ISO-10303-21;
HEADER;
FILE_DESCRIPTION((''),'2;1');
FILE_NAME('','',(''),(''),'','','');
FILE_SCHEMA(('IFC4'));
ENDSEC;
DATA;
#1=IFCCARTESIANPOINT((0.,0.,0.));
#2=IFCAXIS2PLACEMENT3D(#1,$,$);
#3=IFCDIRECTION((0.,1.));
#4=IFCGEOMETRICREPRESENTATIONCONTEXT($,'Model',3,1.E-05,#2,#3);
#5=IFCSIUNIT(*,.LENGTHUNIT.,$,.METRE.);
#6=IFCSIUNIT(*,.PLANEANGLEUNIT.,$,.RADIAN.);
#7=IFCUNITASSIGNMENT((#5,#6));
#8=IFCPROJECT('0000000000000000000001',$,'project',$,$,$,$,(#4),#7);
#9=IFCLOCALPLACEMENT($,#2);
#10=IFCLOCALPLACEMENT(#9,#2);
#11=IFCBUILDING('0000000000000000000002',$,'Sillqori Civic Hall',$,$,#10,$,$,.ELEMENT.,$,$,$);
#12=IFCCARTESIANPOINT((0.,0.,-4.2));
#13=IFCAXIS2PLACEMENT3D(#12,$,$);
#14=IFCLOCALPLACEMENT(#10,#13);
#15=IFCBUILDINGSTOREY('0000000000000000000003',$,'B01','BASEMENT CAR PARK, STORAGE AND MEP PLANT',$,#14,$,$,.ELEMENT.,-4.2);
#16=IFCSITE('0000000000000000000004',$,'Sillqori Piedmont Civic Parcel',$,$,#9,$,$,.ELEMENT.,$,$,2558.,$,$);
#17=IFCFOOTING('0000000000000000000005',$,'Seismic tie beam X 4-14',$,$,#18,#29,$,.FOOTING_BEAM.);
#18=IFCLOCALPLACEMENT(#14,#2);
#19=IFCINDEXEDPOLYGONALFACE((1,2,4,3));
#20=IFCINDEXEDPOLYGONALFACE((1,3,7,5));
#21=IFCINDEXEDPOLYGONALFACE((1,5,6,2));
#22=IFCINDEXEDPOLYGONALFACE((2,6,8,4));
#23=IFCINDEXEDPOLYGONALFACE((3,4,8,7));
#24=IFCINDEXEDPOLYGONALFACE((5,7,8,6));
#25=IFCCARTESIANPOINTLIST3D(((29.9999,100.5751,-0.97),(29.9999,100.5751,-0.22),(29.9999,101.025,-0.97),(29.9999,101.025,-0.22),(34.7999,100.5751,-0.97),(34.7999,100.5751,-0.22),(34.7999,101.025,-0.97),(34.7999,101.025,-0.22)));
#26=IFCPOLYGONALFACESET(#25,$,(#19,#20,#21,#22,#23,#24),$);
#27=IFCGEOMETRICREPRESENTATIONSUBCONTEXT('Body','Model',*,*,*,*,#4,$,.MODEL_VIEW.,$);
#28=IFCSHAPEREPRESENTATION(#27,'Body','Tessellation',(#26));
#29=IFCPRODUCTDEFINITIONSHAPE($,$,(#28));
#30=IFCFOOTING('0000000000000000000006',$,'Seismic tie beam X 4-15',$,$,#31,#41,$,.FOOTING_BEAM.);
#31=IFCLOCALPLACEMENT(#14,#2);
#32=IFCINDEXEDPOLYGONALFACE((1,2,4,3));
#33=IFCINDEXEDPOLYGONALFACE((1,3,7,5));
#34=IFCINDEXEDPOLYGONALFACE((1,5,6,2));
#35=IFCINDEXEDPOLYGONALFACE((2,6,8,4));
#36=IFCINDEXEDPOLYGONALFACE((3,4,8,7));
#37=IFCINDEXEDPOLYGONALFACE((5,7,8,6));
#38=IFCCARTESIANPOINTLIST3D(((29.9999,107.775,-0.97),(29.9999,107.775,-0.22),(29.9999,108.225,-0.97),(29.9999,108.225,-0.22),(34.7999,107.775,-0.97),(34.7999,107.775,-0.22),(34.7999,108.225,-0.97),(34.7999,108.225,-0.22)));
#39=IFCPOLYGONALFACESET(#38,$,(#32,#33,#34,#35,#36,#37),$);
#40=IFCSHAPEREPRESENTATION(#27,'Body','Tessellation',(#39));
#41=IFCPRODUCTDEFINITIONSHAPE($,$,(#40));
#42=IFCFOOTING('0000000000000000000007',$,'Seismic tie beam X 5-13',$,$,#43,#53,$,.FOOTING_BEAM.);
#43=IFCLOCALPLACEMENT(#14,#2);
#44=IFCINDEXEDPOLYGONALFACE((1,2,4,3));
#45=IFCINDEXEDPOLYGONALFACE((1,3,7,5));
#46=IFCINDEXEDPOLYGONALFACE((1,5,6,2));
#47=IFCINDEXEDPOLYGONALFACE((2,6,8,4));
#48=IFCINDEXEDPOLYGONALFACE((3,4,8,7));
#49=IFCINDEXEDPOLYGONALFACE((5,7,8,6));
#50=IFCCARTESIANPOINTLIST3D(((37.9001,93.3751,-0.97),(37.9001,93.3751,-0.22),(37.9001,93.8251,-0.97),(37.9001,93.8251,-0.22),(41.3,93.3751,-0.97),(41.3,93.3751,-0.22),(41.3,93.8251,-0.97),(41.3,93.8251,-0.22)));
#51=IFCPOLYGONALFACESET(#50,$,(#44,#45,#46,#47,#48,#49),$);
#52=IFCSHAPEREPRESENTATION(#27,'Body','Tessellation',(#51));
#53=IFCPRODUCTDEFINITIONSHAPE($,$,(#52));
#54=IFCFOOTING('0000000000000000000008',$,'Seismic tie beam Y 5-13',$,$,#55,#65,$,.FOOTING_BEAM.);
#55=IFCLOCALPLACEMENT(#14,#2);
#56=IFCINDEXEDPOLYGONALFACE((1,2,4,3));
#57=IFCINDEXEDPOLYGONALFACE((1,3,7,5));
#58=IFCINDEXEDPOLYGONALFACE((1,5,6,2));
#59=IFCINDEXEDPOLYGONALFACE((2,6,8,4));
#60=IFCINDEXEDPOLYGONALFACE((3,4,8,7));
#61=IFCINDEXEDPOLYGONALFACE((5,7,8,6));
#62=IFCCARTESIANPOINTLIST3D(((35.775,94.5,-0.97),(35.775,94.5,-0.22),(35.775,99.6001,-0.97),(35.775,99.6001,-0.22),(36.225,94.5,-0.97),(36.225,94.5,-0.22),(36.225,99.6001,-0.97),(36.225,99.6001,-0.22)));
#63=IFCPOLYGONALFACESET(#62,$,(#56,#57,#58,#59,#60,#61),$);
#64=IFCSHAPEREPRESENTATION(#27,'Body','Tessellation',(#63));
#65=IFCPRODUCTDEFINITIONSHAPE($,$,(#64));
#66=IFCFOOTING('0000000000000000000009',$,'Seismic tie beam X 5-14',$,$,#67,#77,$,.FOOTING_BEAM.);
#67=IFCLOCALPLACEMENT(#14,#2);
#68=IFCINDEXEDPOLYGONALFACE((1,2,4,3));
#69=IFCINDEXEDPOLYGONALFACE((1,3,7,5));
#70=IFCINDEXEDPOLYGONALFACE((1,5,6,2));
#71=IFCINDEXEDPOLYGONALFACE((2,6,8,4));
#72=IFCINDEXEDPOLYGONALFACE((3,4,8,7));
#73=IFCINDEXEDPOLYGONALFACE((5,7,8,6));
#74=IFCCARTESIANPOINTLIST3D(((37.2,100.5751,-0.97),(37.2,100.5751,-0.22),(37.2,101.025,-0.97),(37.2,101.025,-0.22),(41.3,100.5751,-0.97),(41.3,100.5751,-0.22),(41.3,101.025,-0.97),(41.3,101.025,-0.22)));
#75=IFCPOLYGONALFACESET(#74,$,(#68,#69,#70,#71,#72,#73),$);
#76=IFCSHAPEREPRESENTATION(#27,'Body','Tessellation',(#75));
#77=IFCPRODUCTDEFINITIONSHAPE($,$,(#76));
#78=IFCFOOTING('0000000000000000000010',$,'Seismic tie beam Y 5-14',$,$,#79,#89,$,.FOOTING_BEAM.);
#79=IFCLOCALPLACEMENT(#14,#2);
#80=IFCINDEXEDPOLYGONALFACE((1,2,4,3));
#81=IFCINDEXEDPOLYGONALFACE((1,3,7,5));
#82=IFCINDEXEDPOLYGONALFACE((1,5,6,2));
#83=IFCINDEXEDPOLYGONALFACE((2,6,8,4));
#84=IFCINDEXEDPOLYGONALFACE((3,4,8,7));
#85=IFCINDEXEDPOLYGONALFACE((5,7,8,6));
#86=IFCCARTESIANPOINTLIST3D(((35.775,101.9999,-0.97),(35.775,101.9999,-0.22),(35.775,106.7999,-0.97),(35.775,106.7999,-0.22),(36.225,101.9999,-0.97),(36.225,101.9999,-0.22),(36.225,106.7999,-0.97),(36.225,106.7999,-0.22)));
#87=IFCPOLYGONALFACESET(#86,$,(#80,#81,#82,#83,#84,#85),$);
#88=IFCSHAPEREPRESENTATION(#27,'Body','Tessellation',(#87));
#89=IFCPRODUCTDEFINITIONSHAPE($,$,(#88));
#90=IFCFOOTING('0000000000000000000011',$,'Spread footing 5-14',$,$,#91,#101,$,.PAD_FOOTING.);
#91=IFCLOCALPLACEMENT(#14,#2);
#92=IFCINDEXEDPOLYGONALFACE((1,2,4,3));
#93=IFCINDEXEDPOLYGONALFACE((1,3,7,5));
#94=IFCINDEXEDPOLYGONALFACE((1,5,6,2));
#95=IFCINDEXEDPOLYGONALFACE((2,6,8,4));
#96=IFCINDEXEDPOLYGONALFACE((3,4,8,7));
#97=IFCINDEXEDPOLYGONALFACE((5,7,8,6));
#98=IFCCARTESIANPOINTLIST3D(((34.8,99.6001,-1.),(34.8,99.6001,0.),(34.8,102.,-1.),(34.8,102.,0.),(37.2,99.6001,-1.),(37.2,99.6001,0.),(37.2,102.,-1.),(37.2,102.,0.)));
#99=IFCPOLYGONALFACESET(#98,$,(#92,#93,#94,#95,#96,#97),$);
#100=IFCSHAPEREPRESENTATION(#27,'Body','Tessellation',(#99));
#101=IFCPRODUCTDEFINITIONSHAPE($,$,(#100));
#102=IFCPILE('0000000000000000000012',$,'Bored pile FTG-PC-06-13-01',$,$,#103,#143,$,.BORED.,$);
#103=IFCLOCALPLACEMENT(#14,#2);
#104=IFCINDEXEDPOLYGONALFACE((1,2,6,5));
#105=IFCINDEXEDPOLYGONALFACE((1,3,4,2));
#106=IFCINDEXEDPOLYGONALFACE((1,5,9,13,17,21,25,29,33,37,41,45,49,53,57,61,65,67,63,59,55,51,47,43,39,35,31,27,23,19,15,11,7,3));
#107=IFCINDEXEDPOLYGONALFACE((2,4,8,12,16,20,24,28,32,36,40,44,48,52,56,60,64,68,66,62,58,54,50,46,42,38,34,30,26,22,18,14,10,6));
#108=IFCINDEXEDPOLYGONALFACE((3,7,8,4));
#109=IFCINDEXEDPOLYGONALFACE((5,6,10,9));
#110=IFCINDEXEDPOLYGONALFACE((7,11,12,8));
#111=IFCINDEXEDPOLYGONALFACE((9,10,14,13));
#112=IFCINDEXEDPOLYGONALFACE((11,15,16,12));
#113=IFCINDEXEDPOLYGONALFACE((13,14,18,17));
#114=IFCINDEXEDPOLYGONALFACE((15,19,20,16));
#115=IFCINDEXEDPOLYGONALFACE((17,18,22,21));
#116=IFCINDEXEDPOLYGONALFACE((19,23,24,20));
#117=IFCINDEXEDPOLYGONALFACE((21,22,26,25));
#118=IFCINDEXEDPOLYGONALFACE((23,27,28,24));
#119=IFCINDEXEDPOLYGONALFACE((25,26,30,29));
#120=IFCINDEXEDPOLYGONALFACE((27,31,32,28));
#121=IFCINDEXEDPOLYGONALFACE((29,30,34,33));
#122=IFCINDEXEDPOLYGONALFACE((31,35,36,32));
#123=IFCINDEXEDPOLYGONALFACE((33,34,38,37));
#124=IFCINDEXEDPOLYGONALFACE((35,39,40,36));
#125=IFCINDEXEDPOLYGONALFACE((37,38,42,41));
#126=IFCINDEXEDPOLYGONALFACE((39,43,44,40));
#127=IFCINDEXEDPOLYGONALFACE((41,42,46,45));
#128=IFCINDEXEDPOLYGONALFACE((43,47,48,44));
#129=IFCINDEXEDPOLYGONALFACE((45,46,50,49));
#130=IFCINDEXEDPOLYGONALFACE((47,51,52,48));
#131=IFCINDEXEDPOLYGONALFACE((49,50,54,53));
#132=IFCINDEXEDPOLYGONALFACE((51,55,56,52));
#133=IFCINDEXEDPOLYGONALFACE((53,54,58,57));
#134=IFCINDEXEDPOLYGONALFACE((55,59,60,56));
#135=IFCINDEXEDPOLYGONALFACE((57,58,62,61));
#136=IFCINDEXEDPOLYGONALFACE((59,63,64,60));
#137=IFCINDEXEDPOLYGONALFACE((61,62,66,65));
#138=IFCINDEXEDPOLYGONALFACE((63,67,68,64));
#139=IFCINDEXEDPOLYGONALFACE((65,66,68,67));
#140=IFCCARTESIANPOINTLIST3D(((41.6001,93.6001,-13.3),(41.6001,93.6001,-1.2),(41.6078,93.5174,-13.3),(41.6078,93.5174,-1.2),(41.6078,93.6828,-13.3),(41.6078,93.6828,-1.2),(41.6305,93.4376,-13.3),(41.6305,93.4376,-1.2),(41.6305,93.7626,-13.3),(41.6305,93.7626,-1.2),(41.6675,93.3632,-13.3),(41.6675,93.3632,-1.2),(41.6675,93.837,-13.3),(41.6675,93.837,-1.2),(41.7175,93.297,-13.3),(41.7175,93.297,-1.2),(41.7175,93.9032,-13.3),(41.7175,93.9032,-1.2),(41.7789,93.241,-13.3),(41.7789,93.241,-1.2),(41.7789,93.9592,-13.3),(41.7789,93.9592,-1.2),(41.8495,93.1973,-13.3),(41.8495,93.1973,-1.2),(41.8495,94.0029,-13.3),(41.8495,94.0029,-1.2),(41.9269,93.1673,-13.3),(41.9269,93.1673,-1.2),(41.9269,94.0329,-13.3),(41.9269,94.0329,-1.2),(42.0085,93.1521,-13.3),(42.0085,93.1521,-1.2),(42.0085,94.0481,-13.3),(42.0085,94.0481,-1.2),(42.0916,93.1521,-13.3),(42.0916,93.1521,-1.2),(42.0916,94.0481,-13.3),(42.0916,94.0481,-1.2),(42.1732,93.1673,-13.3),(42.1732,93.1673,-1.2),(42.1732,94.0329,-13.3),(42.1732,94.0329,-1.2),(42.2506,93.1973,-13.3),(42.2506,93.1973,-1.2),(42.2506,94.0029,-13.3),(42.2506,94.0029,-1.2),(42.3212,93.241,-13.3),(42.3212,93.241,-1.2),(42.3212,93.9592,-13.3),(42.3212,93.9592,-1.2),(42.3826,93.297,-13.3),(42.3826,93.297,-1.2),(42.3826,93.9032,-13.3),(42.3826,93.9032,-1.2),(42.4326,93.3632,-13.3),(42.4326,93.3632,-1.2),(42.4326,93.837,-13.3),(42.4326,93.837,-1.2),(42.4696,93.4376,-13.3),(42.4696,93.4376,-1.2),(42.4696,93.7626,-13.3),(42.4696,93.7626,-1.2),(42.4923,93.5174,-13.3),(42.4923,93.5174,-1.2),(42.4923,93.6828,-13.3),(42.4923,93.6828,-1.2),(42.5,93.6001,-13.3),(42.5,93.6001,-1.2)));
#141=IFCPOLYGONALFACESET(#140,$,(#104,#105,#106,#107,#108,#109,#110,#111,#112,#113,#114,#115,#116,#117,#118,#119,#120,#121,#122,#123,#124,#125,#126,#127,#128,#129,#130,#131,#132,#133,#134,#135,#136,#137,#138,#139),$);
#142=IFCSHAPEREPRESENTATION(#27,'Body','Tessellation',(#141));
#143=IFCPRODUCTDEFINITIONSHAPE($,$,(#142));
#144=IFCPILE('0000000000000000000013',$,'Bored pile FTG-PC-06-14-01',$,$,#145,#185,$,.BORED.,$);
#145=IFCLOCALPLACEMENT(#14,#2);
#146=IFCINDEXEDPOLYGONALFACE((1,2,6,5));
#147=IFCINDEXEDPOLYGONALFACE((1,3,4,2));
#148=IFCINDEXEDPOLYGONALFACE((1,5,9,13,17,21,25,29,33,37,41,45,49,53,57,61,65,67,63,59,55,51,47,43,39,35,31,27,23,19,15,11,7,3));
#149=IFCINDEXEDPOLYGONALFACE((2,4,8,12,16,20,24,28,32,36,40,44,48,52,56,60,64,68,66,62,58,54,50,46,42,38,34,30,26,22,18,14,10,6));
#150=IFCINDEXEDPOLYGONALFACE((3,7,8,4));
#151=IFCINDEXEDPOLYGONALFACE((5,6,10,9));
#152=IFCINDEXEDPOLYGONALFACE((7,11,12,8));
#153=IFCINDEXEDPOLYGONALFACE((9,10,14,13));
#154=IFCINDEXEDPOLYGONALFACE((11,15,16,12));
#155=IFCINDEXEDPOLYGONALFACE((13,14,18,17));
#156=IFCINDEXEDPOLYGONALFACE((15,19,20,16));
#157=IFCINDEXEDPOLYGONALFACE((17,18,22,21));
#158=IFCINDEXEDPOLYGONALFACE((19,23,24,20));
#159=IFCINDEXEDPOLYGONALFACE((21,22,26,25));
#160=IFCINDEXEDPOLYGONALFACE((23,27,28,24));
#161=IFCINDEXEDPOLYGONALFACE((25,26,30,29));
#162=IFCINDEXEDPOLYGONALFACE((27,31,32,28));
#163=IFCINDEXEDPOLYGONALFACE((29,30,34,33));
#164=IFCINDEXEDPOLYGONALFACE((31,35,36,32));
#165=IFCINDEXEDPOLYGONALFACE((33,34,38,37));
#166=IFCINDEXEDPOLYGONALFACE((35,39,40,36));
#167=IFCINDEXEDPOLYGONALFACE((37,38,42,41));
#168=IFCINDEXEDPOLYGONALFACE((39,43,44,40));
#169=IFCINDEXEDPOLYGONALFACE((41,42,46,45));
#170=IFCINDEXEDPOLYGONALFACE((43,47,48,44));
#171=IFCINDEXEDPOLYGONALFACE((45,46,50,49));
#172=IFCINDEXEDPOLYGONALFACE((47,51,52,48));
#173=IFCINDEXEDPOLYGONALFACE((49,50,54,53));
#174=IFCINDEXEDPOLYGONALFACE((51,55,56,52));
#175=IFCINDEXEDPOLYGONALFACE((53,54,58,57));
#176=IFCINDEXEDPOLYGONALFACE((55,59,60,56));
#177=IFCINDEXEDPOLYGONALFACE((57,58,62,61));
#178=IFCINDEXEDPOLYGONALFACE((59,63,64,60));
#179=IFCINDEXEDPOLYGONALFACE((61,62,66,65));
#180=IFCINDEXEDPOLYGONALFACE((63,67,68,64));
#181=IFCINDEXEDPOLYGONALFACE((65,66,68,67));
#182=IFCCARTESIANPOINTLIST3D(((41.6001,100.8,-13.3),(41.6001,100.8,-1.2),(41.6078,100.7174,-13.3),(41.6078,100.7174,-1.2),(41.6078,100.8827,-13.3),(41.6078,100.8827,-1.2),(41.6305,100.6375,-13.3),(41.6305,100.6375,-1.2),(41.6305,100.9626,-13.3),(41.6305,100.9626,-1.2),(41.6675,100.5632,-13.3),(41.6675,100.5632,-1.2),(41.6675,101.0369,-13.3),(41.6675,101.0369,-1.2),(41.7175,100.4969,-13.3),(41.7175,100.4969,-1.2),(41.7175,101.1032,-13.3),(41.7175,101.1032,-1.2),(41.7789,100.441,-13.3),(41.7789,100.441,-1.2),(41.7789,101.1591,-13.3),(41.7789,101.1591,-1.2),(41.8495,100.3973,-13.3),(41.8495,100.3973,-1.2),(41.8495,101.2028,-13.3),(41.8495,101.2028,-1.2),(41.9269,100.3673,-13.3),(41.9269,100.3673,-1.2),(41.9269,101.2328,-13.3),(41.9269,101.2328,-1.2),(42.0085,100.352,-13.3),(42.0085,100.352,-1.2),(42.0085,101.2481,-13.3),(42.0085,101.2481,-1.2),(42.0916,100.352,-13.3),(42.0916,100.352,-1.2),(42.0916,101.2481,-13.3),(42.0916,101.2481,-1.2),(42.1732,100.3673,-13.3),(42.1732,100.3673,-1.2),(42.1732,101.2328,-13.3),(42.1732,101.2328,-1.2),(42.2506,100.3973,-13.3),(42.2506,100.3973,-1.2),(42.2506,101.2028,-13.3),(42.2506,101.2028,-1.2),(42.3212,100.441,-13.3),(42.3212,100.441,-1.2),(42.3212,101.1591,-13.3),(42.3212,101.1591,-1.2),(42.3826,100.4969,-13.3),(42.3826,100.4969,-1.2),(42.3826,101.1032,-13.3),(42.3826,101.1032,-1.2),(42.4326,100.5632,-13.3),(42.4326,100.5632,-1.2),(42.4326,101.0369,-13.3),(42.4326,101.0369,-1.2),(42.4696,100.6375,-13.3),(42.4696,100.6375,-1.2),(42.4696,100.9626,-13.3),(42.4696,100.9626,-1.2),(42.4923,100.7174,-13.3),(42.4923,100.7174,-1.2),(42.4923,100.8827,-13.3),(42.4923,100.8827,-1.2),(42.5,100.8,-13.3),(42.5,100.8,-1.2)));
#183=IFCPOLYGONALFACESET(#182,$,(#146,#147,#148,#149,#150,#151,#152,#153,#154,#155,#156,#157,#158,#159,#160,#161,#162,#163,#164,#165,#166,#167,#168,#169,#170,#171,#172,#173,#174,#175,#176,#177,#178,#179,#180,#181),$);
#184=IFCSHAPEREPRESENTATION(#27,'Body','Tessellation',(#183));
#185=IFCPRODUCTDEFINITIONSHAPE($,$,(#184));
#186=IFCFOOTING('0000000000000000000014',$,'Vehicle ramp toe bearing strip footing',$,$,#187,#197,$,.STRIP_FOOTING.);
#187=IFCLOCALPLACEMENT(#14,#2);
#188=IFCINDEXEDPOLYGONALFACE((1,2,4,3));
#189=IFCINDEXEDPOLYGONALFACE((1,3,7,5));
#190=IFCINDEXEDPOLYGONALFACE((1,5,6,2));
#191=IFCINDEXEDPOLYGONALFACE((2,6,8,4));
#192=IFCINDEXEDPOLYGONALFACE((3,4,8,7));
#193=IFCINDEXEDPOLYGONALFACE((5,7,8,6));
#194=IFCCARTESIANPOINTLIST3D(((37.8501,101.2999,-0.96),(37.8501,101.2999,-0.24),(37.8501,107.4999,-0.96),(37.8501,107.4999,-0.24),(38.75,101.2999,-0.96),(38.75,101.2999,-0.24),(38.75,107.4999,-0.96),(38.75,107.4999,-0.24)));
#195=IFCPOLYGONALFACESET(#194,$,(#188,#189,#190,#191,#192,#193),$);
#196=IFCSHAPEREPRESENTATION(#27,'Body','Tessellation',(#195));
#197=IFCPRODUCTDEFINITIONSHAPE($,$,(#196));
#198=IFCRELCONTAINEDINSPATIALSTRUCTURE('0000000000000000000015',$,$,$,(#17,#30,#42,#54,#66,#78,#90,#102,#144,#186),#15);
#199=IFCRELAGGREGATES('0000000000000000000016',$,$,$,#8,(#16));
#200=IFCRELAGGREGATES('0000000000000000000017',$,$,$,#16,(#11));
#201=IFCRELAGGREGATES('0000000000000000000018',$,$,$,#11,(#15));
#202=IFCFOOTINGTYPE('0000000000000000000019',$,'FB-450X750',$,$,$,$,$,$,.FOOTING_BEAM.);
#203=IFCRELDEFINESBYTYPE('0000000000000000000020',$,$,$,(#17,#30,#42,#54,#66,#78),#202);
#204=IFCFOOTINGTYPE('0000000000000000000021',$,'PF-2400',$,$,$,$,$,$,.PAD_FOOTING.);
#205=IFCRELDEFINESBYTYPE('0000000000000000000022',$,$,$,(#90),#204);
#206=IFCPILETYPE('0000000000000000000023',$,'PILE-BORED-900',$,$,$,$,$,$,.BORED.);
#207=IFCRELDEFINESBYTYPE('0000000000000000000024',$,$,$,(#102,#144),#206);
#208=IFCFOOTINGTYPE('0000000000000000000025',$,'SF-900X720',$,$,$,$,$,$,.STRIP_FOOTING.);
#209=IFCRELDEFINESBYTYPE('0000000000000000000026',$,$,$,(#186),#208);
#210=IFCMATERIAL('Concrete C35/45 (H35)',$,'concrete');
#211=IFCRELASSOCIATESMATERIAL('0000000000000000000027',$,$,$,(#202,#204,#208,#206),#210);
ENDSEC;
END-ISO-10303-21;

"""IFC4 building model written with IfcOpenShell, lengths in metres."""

from ifc_helpers import new_model, si_unit, direction, frame, origin, origin_2d, place, context, subcontext, project, spatial, rectangle, circle, extrude, material, material_profile, profile_set, type_object, element, save


model = new_model("IFC4")

# Units and contexts
model_context = context("Model", 3, precision=1e-05, world=origin(), true_north=direction((0.0, 1.0)))
body_context = subcontext(model_context, "Body", "Model", "MODEL_VIEW")
ifc_project = project(units=[si_unit("LENGTHUNIT", "METRE"), si_unit("PLANEANGLEUNIT", "RADIAN")], contexts=[model_context])

# Site, building, storey
site_placement = place(None, origin())
site = spatial("IfcSite", under=ifc_project, at=site_placement, Name="Sillqori Piedmont Civic Parcel", CompositionType="ELEMENT", RefElevation=2558.0)
building_placement = place(site_placement, origin())
building = spatial("IfcBuilding", under=site, at=building_placement, Name="Sillqori Civic Hall", CompositionType="ELEMENT")
storey_placement = place(building_placement, frame((0.0, 0.0, -4.2)))
storey = spatial("IfcBuildingStorey", under=building, at=storey_placement, Name="B01", Description="BASEMENT CAR PARK, STORAGE AND MEP PLANT", CompositionType="ELEMENT", Elevation=-4.2)

# Footings
ifc_material_1 = material(Name="Concrete C35/45 (H35)", Category="concrete")
footing_type_1 = type_object("IfcFootingType", Name="FB-450X750", PredefinedType="FOOTING_BEAM", material=ifc_material_1)
for number, where, z_axis, x_axis, name in (
    (1, (32.3999, 100.8, -0.97), (0.0, 0.0, 1.0), (1.0, 0.0, 0.0), "Seismic tie beam X 4-14"),
    (2, (32.3999, 108.0, -0.97), (0.0, 0.0, 1.0), (1.0, 0.0, 0.0), "Seismic tie beam X 4-15"),
):
    element("IfcFooting", number, at=place(storey_placement, frame(where, z_axis=z_axis, x_axis=x_axis)), inside=storey, type_object=footing_type_1, Name=name, PredefinedType="FOOTING_BEAM", context=body_context, shape_type="SweptSolid", body=[
        extrude(rectangle(XDim=4.8, YDim=0.45, at=origin_2d()), origin(), (0.0, 0.0, 1.0), 0.75),
    ])
footing_1_placement = place(storey_placement, frame((39.6001, 93.6001, -0.97), z_axis=(0.0, 0.0, 1.0), x_axis=(1.0, 0.0, 0.0)))
element("IfcFooting", 3, at=footing_1_placement, inside=storey, type_object=footing_type_1, Name="Seismic tie beam X 5-13", PredefinedType="FOOTING_BEAM", context=body_context, shape_type="SweptSolid", body=[
    extrude(rectangle(XDim=3.3999, YDim=0.45, at=origin_2d()), origin(), (0.0, 0.0, 1.0), 0.75),
])
footing_2_placement = place(storey_placement, frame((36.0, 97.05, -0.97), z_axis=(0.0, 0.0, 1.0), x_axis=(1.0, 0.0, 0.0)))
element("IfcFooting", 4, at=footing_2_placement, inside=storey, type_object=footing_type_1, Name="Seismic tie beam Y 5-13", PredefinedType="FOOTING_BEAM", context=body_context, shape_type="SweptSolid", body=[
    extrude(rectangle(XDim=0.45, YDim=5.1001, at=origin_2d()), origin(), (0.0, 0.0, 1.0), 0.75),
])
footing_3_placement = place(storey_placement, frame((39.25, 100.8, -0.97), z_axis=(0.0, 0.0, 1.0), x_axis=(1.0, 0.0, 0.0)))
element("IfcFooting", 5, at=footing_3_placement, inside=storey, type_object=footing_type_1, Name="Seismic tie beam X 5-14", PredefinedType="FOOTING_BEAM", context=body_context, shape_type="SweptSolid", body=[
    extrude(rectangle(XDim=4.1001, YDim=0.45, at=origin_2d()), origin(), (0.0, 0.0, 1.0), 0.75),
])
footing_4_placement = place(storey_placement, frame((36.0, 104.3999, -0.97), z_axis=(0.0, 0.0, 1.0), x_axis=(1.0, 0.0, 0.0)))
element("IfcFooting", 6, at=footing_4_placement, inside=storey, type_object=footing_type_1, Name="Seismic tie beam Y 5-14", PredefinedType="FOOTING_BEAM", context=body_context, shape_type="SweptSolid", body=[
    extrude(rectangle(XDim=0.45, YDim=4.8, at=origin_2d()), origin(), (0.0, 0.0, 1.0), 0.75),
])
footing_type_2 = type_object("IfcFootingType", Name="PF-2400", PredefinedType="PAD_FOOTING", material=ifc_material_1)
footing_5_placement = place(storey_placement, frame((36.0, 100.8, -1.0), z_axis=(0.0, 0.0, 1.0), x_axis=(1.0, 0.0, 0.0)))
element("IfcFooting", 7, at=footing_5_placement, inside=storey, type_object=footing_type_2, Name="Spread footing 5-14", PredefinedType="PAD_FOOTING", context=body_context, shape_type="SweptSolid", body=[
    extrude(rectangle(XDim=2.3999, YDim=2.3999, at=origin_2d()), origin(), (0.0, 0.0, 1.0), 1.0),
])

# Piles
ifc_material_profile_1 = material_profile(ifc_material_1, circle(Radius=0.45, at=origin_2d()), Name="BORED PILE 900")
ifc_profile_set_1 = profile_set([ifc_material_profile_1], Name="Concrete C35/45 (H35)")
pile_type = type_object("IfcPileType", Name="PILE-BORED-900", PredefinedType="BORED", material=ifc_profile_set_1)
for number, where, z_axis, x_axis, name in (
    (8, (42.05, 93.6001, -1.2), (0.0, 0.0, -1.0), (1.0, 0.0, 0.0), "Bored pile FTG-PC-06-13-01"),
    (9, (42.05, 100.8, -1.2), (0.0, 0.0, -1.0), (1.0, 0.0, 0.0), "Bored pile FTG-PC-06-14-01"),
):
    element("IfcPile", number, at=place(storey_placement, frame(where, z_axis=z_axis, x_axis=x_axis)), inside=storey, type_object=pile_type, Name=name, PredefinedType="BORED", context=body_context, shape_type="SweptSolid", body=[
        extrude(circle(Radius=0.45, at=origin_2d()), origin(), (0.0, 0.0, 1.0), 12.1001),
    ])

# Footing
footing_type_3 = type_object("IfcFootingType", Name="SF-900X720", PredefinedType="STRIP_FOOTING", material=ifc_material_1)
footing_6_placement = place(storey_placement, frame((38.3, 104.3999, -0.96), z_axis=(0.0, 0.0, 1.0), x_axis=(1.0, 0.0, 0.0)))
element("IfcFooting", 10, at=footing_6_placement, inside=storey, type_object=footing_type_3, Name="Vehicle ramp toe bearing strip footing", PredefinedType="STRIP_FOOTING", context=body_context, shape_type="SweptSolid", body=[
    extrude(rectangle(XDim=0.8999, YDim=6.2, at=origin_2d()), origin(), (0.0, 0.0, 1.0), 0.72),
])

save(model, "model.ifc")
